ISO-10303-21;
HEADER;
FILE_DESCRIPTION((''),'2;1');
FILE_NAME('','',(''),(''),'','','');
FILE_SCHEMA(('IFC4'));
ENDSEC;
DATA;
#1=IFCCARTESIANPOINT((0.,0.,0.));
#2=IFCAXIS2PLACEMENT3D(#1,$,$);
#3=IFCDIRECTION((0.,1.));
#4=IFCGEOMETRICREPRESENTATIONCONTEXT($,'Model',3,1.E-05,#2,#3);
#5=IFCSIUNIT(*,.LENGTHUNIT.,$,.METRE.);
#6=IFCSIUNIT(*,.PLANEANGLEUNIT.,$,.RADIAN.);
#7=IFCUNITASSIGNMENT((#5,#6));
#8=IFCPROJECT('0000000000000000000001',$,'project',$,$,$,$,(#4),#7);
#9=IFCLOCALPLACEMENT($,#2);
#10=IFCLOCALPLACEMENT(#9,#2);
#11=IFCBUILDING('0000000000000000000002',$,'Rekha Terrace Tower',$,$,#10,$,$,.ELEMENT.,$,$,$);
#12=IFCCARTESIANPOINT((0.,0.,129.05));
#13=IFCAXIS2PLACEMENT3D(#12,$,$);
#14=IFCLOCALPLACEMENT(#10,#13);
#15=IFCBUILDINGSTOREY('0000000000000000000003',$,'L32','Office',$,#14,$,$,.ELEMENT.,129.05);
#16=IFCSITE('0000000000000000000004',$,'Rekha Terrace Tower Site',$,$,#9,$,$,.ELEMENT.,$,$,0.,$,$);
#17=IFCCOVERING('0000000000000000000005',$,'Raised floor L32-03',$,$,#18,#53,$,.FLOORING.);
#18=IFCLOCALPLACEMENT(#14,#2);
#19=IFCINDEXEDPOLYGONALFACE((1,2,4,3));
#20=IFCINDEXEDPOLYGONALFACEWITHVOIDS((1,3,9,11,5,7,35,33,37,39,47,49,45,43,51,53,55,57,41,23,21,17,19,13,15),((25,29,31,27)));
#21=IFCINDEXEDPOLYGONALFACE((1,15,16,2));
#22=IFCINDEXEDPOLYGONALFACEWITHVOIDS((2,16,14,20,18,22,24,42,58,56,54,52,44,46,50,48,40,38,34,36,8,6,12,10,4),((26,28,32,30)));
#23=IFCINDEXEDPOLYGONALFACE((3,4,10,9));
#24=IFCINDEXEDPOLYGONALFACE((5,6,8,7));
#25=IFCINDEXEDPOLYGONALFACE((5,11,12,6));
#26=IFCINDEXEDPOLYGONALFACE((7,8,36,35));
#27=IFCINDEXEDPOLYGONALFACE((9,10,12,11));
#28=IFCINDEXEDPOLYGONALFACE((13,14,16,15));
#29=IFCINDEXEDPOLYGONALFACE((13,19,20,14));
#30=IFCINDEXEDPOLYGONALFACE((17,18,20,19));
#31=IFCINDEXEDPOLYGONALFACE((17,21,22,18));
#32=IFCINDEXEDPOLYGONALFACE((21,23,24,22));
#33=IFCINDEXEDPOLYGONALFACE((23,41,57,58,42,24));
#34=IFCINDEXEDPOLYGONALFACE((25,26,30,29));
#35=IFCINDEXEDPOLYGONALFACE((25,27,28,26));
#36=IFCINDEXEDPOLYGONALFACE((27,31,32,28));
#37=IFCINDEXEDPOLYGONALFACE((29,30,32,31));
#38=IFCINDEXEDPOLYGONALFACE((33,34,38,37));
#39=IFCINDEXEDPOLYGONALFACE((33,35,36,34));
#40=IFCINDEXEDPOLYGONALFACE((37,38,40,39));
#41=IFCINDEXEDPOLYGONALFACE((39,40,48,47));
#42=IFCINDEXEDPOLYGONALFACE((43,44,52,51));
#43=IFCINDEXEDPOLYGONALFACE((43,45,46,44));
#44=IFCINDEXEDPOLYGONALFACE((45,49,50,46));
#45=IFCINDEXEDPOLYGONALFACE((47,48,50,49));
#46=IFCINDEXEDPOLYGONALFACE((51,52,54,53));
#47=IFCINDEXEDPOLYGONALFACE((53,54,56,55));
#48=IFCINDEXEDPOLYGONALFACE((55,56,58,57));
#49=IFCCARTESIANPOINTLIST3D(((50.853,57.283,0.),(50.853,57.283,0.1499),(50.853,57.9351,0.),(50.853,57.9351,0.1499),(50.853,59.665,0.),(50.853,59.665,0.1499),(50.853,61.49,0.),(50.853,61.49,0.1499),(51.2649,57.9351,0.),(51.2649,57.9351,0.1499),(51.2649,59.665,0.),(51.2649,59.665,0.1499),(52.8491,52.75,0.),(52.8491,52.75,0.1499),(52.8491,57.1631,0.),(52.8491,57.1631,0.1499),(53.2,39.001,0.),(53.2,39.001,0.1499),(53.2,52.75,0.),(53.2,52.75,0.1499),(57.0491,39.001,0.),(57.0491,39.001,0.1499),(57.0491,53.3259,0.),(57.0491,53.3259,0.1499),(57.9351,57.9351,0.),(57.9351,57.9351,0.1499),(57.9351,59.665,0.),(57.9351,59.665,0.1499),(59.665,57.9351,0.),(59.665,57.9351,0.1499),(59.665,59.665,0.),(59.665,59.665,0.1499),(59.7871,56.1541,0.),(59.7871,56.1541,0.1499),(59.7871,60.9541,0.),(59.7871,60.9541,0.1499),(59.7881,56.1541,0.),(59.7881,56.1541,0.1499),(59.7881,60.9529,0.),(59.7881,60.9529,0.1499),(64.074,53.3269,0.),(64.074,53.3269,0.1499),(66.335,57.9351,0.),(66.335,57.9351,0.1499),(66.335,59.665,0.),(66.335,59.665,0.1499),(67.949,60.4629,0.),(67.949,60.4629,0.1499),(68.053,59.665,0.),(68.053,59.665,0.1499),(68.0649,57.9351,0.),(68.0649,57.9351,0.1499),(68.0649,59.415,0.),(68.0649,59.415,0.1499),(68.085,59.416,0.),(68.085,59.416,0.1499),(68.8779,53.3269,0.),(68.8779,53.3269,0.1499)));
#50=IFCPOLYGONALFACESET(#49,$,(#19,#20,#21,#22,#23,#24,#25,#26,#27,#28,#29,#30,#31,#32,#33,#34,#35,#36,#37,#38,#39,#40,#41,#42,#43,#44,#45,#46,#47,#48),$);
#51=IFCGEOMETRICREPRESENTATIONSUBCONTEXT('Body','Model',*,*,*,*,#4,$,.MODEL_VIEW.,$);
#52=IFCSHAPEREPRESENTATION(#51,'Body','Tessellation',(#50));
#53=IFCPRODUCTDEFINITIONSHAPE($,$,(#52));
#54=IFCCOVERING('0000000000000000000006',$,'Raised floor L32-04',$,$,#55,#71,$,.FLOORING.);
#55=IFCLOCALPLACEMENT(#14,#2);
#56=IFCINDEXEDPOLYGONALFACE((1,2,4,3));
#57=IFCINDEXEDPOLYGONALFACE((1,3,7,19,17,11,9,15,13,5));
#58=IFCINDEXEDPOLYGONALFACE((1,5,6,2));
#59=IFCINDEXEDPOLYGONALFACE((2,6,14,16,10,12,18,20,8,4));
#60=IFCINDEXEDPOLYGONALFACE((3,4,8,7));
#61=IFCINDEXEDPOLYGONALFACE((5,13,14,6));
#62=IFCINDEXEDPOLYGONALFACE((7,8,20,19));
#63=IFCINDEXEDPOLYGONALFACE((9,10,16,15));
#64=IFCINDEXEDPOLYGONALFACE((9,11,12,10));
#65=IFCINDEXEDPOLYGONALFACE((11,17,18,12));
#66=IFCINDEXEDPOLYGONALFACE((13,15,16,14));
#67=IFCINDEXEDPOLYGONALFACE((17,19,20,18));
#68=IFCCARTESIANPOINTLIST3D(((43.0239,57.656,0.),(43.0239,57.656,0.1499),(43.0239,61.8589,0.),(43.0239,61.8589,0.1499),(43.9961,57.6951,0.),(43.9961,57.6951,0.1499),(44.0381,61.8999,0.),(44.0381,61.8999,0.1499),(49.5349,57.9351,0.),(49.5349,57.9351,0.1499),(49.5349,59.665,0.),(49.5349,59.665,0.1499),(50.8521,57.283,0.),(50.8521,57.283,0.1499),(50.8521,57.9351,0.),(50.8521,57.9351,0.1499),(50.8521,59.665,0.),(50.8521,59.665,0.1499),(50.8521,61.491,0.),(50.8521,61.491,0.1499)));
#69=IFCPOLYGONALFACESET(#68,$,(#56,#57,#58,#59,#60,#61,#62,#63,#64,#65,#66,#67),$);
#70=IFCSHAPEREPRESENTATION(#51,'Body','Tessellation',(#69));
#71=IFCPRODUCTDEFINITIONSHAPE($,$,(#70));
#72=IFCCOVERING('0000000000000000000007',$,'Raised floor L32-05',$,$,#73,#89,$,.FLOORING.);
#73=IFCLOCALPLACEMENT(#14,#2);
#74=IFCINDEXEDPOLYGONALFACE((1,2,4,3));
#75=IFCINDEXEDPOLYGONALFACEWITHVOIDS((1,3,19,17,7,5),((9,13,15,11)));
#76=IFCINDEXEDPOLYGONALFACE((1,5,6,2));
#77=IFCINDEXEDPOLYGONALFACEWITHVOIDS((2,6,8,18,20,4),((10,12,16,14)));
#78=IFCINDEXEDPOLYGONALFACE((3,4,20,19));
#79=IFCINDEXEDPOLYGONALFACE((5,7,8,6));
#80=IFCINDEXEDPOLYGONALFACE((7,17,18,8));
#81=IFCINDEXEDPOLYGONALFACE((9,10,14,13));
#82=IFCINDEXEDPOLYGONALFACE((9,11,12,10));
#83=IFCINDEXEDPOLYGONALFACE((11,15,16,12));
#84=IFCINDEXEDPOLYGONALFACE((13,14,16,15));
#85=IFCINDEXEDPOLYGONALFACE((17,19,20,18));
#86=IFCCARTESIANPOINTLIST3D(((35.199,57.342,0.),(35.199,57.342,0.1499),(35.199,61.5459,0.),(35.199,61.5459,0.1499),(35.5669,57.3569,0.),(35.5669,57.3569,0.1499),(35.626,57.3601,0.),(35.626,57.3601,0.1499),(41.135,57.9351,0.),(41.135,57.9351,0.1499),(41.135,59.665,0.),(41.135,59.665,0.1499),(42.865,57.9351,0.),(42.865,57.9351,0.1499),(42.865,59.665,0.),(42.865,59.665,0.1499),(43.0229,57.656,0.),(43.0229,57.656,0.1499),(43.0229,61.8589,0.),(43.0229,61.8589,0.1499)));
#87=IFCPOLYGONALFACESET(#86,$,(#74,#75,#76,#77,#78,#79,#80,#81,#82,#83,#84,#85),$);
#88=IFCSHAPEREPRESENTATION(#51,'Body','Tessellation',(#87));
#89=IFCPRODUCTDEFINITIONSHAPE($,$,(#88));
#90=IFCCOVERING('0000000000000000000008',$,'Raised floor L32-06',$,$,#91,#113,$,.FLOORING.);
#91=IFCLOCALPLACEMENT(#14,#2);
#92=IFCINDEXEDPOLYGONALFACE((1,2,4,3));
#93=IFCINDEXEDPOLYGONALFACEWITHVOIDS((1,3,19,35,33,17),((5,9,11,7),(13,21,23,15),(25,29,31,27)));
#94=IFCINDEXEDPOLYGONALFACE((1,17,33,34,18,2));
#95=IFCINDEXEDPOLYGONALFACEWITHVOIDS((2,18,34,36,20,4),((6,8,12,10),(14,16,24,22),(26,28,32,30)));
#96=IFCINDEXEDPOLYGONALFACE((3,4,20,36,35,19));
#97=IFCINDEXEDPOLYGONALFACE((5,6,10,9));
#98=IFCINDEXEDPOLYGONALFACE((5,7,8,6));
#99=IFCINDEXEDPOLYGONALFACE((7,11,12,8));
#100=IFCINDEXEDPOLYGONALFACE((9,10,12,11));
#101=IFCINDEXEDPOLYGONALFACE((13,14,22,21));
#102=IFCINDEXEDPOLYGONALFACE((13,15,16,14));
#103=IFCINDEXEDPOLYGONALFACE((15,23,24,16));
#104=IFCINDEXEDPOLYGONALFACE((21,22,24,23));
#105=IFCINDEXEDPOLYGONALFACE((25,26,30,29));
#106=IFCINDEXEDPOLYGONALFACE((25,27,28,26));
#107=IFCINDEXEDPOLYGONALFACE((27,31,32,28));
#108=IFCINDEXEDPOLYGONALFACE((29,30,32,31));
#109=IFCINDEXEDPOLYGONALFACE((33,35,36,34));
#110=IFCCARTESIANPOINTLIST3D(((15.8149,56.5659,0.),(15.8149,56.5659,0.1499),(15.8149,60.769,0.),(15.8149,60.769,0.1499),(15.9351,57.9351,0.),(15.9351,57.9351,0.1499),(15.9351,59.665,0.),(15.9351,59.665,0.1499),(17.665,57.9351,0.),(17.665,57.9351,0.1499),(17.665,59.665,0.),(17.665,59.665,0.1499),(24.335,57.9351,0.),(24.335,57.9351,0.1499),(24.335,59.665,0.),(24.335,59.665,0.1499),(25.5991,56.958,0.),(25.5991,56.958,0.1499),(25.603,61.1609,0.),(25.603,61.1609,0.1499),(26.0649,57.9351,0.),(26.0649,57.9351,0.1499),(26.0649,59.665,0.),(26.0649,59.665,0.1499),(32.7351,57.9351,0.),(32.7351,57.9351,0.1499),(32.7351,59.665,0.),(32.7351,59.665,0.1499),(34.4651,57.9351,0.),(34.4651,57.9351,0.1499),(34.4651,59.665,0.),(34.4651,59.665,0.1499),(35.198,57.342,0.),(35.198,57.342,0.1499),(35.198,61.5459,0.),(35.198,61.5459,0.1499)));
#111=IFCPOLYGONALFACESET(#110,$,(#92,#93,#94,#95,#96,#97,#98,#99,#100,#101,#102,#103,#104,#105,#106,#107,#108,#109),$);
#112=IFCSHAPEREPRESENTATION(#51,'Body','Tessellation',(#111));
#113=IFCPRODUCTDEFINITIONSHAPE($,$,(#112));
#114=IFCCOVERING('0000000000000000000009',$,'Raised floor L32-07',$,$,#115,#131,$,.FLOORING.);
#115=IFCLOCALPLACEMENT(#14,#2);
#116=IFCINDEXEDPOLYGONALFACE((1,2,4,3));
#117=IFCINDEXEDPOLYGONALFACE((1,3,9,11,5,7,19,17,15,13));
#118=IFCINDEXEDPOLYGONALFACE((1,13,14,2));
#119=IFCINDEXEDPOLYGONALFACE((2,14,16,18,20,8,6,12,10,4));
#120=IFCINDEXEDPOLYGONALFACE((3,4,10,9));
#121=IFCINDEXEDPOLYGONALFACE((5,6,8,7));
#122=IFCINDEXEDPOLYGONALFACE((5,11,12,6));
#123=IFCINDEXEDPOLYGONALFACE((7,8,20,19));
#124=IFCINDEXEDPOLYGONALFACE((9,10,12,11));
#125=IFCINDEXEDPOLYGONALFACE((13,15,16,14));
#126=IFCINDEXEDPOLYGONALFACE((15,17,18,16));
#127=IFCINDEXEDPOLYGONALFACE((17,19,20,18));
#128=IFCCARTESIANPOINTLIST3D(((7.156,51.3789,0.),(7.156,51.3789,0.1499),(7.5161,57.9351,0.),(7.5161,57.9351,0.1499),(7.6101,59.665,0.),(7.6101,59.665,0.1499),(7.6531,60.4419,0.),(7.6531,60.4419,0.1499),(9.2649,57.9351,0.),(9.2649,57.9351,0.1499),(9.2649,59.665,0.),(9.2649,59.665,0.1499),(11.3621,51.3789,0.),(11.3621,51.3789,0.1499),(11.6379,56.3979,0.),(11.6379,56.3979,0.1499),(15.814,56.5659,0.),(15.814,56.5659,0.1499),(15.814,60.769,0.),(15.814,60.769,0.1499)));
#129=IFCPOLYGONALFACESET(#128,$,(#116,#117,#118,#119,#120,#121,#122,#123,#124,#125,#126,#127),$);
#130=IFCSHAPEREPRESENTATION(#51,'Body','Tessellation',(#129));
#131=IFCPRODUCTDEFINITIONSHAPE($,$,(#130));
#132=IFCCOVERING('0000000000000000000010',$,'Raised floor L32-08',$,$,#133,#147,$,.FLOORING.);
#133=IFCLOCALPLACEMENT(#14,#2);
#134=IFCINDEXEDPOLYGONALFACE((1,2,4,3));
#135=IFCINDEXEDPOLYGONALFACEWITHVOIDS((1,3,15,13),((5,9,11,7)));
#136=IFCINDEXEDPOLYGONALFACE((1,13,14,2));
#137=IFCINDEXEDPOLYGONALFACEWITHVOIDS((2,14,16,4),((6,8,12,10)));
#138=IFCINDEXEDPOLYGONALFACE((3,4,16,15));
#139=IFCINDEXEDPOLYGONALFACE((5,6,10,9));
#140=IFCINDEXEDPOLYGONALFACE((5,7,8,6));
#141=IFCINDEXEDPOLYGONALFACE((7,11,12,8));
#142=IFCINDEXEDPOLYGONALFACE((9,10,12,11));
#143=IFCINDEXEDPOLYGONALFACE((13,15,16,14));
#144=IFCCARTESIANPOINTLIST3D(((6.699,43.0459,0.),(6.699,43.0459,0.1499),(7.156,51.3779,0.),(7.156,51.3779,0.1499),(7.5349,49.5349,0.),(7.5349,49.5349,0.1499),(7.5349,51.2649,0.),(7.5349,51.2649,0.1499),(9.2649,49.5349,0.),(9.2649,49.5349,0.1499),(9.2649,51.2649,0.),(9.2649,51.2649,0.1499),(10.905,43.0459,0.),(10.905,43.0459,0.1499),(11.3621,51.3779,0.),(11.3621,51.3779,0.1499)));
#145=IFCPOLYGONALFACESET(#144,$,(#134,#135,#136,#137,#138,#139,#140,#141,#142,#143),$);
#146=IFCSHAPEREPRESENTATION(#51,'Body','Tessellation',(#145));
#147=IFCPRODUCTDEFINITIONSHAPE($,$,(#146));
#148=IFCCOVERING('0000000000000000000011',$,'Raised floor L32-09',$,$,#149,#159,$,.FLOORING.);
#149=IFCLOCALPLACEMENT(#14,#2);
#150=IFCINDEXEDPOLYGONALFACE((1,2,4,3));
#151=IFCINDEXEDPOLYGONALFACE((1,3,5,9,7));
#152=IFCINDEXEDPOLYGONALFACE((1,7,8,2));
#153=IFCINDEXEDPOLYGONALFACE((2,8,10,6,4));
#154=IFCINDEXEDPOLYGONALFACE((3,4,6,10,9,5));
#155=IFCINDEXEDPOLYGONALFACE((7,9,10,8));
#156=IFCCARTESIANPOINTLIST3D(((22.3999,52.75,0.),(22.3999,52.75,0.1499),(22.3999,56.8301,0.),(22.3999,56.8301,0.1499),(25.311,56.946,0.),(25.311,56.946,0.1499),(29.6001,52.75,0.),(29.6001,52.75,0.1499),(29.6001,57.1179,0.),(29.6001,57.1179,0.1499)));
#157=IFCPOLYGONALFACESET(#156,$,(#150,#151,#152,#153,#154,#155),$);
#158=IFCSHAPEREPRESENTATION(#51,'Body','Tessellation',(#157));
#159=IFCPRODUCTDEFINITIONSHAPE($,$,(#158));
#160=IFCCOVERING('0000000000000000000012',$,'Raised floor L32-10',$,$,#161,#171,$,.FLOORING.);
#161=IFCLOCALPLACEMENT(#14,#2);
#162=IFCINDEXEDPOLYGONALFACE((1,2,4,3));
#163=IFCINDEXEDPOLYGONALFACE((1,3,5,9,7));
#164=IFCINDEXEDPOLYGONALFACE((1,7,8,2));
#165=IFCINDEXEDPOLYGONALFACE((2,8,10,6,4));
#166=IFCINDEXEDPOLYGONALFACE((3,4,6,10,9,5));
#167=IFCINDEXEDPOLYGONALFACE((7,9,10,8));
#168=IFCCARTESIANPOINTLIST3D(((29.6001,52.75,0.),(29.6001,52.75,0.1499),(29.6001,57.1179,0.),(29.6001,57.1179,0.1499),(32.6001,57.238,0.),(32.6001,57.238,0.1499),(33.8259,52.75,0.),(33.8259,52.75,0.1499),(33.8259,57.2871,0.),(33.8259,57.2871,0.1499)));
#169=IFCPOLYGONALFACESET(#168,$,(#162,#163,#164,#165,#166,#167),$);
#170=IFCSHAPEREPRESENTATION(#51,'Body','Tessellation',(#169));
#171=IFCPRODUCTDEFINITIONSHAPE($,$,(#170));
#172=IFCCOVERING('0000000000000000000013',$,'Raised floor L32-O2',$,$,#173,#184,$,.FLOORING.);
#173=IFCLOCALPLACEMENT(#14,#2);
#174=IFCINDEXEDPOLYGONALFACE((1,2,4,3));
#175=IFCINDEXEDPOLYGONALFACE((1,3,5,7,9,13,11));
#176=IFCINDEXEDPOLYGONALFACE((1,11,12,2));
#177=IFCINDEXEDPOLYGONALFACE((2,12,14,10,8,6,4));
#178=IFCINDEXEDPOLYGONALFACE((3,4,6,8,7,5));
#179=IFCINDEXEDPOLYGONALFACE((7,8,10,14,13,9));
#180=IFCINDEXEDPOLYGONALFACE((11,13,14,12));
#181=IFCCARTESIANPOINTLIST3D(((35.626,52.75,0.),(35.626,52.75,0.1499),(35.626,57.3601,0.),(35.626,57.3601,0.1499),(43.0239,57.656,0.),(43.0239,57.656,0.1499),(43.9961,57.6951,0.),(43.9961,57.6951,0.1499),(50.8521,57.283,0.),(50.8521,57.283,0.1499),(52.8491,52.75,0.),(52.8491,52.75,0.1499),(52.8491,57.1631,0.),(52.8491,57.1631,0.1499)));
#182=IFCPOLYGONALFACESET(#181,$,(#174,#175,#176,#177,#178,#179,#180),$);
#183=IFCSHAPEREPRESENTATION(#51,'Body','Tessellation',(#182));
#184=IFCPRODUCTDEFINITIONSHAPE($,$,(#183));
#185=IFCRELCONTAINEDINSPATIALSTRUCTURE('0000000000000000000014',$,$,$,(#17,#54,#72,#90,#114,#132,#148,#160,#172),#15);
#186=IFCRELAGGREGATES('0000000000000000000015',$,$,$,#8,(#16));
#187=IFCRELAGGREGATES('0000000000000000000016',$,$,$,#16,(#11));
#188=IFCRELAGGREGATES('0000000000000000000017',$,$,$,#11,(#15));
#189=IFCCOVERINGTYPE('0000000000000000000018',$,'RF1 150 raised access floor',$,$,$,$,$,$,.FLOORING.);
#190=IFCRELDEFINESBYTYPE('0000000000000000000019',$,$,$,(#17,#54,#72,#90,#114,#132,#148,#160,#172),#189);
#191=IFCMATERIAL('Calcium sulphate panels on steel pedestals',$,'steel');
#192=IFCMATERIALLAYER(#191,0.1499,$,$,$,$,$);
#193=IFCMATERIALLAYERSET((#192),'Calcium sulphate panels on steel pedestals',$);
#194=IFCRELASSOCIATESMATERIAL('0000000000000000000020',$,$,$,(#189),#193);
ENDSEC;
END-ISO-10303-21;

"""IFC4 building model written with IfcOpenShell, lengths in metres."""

from ifc_helpers import new_model, si_unit, direction, frame, origin, place, context, subcontext, project, spatial, polyline, outline, extrude, material, layer, layer_set, type_object, element, save


model = new_model("IFC4")

# Units and contexts
model_context = context("Model", 3, precision=1e-05, world=origin(), true_north=direction((0.0, 1.0)))
body_context = subcontext(model_context, "Body", "Model", "MODEL_VIEW")
ifc_project = project(units=[si_unit("LENGTHUNIT", "METRE"), si_unit("PLANEANGLEUNIT", "RADIAN")], contexts=[model_context])

# Site, building, storey
site_placement = place(None, origin())
site = spatial("IfcSite", under=ifc_project, at=site_placement, Name="Rekha Terrace Tower Site", CompositionType="ELEMENT", RefElevation=0.0)
building_placement = place(site_placement, origin())
building = spatial("IfcBuilding", under=site, at=building_placement, Name="Rekha Terrace Tower", CompositionType="ELEMENT")
storey_placement = place(building_placement, frame((0.0, 0.0, 129.05)))
storey = spatial("IfcBuildingStorey", under=building, at=storey_placement, Name="L32", Description="Office", CompositionType="ELEMENT", Elevation=129.05)

# Coverings
ifc_material_1 = material(Name="Calcium sulphate panels on steel pedestals", Category="steel")
ifc_layer_1 = layer(ifc_material_1, 0.1499)
ifc_layer_set_1 = layer_set([ifc_layer_1], Name="Calcium sulphate panels on steel pedestals")
covering_type_1 = type_object("IfcCoveringType", Name="RF1 150 raised access floor", PredefinedType="FLOORING", material=ifc_layer_set_1)
covering_1_placement = place(storey_placement, origin())
element("IfcCovering", 1, at=covering_1_placement, inside=storey, type_object=covering_type_1, Name="Raised floor L32-03", PredefinedType="FLOORING", context=body_context, shape_type="SweptSolid", body=[
    extrude(outline(polyline([(52.8491, 52.75), (53.2, 52.75), (53.2, 39.001), (57.0491, 39.001), (57.0491, 53.3259), (64.074, 53.3269), (68.8779, 53.3269), (68.085, 59.416), (68.0649, 59.415), (68.0649, 57.9351), (66.335, 57.9351), (66.335, 59.665), (68.053, 59.665), (67.949, 60.4629), (59.7881, 60.9529), (59.7881, 56.1541), (59.7871, 56.1541), (59.7871, 60.9541), (50.853, 61.49), (50.853, 59.665), (51.2649, 59.665), (51.2649, 57.9351), (50.853, 57.9351), (50.853, 57.283), (52.8491, 57.1631), (52.8491, 52.75)]), holes=[polyline([(59.665, 57.9351), (57.9351, 57.9351), (57.9351, 59.665), (59.665, 59.665), (59.665, 57.9351)])]), origin(), (0.0, 0.0, 1.0), 0.1499),
])
covering_2_placement = place(storey_placement, origin())
element("IfcCovering", 2, at=covering_2_placement, inside=storey, type_object=covering_type_1, Name="Raised floor L32-04", PredefinedType="FLOORING", context=body_context, shape_type="SweptSolid", body=[
    extrude(outline(polyline([(44.0381, 61.8999), (43.0239, 61.8589), (43.0239, 57.656), (43.9961, 57.6951), (50.8521, 57.283), (50.8521, 57.9351), (49.5349, 57.9351), (49.5349, 59.665), (50.8521, 59.665), (50.8521, 61.491), (44.0381, 61.8999)])), origin(), (0.0, 0.0, 1.0), 0.1499),
])
covering_3_placement = place(storey_placement, origin())
element("IfcCovering", 3, at=covering_3_placement, inside=storey, type_object=covering_type_1, Name="Raised floor L32-05", PredefinedType="FLOORING", context=body_context, shape_type="SweptSolid", body=[
    extrude(outline(polyline([(35.199, 61.5459), (35.199, 57.342), (35.5669, 57.3569), (35.626, 57.3601), (43.0229, 57.656), (43.0229, 61.8589), (35.199, 61.5459)]), holes=[polyline([(42.865, 57.9351), (41.135, 57.9351), (41.135, 59.665), (42.865, 59.665), (42.865, 57.9351)])]), origin(), (0.0, 0.0, 1.0), 0.1499),
])
covering_4_placement = place(storey_placement, origin())
element("IfcCovering", 4, at=covering_4_placement, inside=storey, type_object=covering_type_1, Name="Raised floor L32-06", PredefinedType="FLOORING", context=body_context, shape_type="SweptSolid", body=[
    extrude(outline(polyline([(35.198, 61.5459), (25.603, 61.1609), (15.8149, 60.769), (15.8149, 56.5659), (25.5991, 56.958), (35.198, 57.342), (35.198, 61.5459)]), holes=[polyline([(34.4651, 57.9351), (32.7351, 57.9351), (32.7351, 59.665), (34.4651, 59.665), (34.4651, 57.9351)]), polyline([(26.0649, 57.9351), (24.335, 57.9351), (24.335, 59.665), (26.0649, 59.665), (26.0649, 57.9351)]), polyline([(17.665, 57.9351), (15.9351, 57.9351), (15.9351, 59.665), (17.665, 59.665), (17.665, 57.9351)])]), origin(), (0.0, 0.0, 1.0), 0.1499),
])
covering_5_placement = place(storey_placement, origin())
element("IfcCovering", 5, at=covering_5_placement, inside=storey, type_object=covering_type_1, Name="Raised floor L32-07", PredefinedType="FLOORING", context=body_context, shape_type="SweptSolid", body=[
    extrude(outline(polyline([(7.5161, 57.9351), (7.156, 51.3789), (11.3621, 51.3789), (11.6379, 56.3979), (15.814, 56.5659), (15.814, 60.769), (7.6531, 60.4419), (7.6101, 59.665), (9.2649, 59.665), (9.2649, 57.9351), (7.5161, 57.9351)])), origin(), (0.0, 0.0, 1.0), 0.1499),
])
covering_6_placement = place(storey_placement, origin())
element("IfcCovering", 6, at=covering_6_placement, inside=storey, type_object=covering_type_1, Name="Raised floor L32-08", PredefinedType="FLOORING", context=body_context, shape_type="SweptSolid", body=[
    extrude(outline(polyline([(11.3621, 51.3779), (7.156, 51.3779), (6.699, 43.0459), (10.905, 43.0459), (11.3621, 51.3779)]), holes=[polyline([(9.2649, 51.2649), (9.2649, 49.5349), (7.5349, 49.5349), (7.5349, 51.2649), (9.2649, 51.2649)])]), origin(), (0.0, 0.0, 1.0), 0.1499),
])
covering_7_placement = place(storey_placement, origin())
element("IfcCovering", 7, at=covering_7_placement, inside=storey, type_object=covering_type_1, Name="Raised floor L32-09", PredefinedType="FLOORING", context=body_context, shape_type="SweptSolid", body=[
    extrude(outline(polyline([(22.3999, 52.75), (29.6001, 52.75), (29.6001, 57.1179), (25.311, 56.946), (22.3999, 56.8301), (22.3999, 52.75)])), origin(), (0.0, 0.0, 1.0), 0.1499),
])
covering_8_placement = place(storey_placement, origin())
element("IfcCovering", 8, at=covering_8_placement, inside=storey, type_object=covering_type_1, Name="Raised floor L32-10", PredefinedType="FLOORING", context=body_context, shape_type="SweptSolid", body=[
    extrude(outline(polyline([(33.8259, 52.75), (33.8259, 57.2871), (32.6001, 57.238), (29.6001, 57.1179), (29.6001, 52.75), (33.8259, 52.75)])), origin(), (0.0, 0.0, 1.0), 0.1499),
])
covering_9_placement = place(storey_placement, origin())
element("IfcCovering", 9, at=covering_9_placement, inside=storey, type_object=covering_type_1, Name="Raised floor L32-O2", PredefinedType="FLOORING", context=body_context, shape_type="SweptSolid", body=[
    extrude(outline(polyline([(43.9961, 57.6951), (43.0239, 57.656), (35.626, 57.3601), (35.626, 52.75), (52.8491, 52.75), (52.8491, 57.1631), (50.8521, 57.283), (43.9961, 57.6951)])), origin(), (0.0, 0.0, 1.0), 0.1499),
])

save(model, "model.ifc")
